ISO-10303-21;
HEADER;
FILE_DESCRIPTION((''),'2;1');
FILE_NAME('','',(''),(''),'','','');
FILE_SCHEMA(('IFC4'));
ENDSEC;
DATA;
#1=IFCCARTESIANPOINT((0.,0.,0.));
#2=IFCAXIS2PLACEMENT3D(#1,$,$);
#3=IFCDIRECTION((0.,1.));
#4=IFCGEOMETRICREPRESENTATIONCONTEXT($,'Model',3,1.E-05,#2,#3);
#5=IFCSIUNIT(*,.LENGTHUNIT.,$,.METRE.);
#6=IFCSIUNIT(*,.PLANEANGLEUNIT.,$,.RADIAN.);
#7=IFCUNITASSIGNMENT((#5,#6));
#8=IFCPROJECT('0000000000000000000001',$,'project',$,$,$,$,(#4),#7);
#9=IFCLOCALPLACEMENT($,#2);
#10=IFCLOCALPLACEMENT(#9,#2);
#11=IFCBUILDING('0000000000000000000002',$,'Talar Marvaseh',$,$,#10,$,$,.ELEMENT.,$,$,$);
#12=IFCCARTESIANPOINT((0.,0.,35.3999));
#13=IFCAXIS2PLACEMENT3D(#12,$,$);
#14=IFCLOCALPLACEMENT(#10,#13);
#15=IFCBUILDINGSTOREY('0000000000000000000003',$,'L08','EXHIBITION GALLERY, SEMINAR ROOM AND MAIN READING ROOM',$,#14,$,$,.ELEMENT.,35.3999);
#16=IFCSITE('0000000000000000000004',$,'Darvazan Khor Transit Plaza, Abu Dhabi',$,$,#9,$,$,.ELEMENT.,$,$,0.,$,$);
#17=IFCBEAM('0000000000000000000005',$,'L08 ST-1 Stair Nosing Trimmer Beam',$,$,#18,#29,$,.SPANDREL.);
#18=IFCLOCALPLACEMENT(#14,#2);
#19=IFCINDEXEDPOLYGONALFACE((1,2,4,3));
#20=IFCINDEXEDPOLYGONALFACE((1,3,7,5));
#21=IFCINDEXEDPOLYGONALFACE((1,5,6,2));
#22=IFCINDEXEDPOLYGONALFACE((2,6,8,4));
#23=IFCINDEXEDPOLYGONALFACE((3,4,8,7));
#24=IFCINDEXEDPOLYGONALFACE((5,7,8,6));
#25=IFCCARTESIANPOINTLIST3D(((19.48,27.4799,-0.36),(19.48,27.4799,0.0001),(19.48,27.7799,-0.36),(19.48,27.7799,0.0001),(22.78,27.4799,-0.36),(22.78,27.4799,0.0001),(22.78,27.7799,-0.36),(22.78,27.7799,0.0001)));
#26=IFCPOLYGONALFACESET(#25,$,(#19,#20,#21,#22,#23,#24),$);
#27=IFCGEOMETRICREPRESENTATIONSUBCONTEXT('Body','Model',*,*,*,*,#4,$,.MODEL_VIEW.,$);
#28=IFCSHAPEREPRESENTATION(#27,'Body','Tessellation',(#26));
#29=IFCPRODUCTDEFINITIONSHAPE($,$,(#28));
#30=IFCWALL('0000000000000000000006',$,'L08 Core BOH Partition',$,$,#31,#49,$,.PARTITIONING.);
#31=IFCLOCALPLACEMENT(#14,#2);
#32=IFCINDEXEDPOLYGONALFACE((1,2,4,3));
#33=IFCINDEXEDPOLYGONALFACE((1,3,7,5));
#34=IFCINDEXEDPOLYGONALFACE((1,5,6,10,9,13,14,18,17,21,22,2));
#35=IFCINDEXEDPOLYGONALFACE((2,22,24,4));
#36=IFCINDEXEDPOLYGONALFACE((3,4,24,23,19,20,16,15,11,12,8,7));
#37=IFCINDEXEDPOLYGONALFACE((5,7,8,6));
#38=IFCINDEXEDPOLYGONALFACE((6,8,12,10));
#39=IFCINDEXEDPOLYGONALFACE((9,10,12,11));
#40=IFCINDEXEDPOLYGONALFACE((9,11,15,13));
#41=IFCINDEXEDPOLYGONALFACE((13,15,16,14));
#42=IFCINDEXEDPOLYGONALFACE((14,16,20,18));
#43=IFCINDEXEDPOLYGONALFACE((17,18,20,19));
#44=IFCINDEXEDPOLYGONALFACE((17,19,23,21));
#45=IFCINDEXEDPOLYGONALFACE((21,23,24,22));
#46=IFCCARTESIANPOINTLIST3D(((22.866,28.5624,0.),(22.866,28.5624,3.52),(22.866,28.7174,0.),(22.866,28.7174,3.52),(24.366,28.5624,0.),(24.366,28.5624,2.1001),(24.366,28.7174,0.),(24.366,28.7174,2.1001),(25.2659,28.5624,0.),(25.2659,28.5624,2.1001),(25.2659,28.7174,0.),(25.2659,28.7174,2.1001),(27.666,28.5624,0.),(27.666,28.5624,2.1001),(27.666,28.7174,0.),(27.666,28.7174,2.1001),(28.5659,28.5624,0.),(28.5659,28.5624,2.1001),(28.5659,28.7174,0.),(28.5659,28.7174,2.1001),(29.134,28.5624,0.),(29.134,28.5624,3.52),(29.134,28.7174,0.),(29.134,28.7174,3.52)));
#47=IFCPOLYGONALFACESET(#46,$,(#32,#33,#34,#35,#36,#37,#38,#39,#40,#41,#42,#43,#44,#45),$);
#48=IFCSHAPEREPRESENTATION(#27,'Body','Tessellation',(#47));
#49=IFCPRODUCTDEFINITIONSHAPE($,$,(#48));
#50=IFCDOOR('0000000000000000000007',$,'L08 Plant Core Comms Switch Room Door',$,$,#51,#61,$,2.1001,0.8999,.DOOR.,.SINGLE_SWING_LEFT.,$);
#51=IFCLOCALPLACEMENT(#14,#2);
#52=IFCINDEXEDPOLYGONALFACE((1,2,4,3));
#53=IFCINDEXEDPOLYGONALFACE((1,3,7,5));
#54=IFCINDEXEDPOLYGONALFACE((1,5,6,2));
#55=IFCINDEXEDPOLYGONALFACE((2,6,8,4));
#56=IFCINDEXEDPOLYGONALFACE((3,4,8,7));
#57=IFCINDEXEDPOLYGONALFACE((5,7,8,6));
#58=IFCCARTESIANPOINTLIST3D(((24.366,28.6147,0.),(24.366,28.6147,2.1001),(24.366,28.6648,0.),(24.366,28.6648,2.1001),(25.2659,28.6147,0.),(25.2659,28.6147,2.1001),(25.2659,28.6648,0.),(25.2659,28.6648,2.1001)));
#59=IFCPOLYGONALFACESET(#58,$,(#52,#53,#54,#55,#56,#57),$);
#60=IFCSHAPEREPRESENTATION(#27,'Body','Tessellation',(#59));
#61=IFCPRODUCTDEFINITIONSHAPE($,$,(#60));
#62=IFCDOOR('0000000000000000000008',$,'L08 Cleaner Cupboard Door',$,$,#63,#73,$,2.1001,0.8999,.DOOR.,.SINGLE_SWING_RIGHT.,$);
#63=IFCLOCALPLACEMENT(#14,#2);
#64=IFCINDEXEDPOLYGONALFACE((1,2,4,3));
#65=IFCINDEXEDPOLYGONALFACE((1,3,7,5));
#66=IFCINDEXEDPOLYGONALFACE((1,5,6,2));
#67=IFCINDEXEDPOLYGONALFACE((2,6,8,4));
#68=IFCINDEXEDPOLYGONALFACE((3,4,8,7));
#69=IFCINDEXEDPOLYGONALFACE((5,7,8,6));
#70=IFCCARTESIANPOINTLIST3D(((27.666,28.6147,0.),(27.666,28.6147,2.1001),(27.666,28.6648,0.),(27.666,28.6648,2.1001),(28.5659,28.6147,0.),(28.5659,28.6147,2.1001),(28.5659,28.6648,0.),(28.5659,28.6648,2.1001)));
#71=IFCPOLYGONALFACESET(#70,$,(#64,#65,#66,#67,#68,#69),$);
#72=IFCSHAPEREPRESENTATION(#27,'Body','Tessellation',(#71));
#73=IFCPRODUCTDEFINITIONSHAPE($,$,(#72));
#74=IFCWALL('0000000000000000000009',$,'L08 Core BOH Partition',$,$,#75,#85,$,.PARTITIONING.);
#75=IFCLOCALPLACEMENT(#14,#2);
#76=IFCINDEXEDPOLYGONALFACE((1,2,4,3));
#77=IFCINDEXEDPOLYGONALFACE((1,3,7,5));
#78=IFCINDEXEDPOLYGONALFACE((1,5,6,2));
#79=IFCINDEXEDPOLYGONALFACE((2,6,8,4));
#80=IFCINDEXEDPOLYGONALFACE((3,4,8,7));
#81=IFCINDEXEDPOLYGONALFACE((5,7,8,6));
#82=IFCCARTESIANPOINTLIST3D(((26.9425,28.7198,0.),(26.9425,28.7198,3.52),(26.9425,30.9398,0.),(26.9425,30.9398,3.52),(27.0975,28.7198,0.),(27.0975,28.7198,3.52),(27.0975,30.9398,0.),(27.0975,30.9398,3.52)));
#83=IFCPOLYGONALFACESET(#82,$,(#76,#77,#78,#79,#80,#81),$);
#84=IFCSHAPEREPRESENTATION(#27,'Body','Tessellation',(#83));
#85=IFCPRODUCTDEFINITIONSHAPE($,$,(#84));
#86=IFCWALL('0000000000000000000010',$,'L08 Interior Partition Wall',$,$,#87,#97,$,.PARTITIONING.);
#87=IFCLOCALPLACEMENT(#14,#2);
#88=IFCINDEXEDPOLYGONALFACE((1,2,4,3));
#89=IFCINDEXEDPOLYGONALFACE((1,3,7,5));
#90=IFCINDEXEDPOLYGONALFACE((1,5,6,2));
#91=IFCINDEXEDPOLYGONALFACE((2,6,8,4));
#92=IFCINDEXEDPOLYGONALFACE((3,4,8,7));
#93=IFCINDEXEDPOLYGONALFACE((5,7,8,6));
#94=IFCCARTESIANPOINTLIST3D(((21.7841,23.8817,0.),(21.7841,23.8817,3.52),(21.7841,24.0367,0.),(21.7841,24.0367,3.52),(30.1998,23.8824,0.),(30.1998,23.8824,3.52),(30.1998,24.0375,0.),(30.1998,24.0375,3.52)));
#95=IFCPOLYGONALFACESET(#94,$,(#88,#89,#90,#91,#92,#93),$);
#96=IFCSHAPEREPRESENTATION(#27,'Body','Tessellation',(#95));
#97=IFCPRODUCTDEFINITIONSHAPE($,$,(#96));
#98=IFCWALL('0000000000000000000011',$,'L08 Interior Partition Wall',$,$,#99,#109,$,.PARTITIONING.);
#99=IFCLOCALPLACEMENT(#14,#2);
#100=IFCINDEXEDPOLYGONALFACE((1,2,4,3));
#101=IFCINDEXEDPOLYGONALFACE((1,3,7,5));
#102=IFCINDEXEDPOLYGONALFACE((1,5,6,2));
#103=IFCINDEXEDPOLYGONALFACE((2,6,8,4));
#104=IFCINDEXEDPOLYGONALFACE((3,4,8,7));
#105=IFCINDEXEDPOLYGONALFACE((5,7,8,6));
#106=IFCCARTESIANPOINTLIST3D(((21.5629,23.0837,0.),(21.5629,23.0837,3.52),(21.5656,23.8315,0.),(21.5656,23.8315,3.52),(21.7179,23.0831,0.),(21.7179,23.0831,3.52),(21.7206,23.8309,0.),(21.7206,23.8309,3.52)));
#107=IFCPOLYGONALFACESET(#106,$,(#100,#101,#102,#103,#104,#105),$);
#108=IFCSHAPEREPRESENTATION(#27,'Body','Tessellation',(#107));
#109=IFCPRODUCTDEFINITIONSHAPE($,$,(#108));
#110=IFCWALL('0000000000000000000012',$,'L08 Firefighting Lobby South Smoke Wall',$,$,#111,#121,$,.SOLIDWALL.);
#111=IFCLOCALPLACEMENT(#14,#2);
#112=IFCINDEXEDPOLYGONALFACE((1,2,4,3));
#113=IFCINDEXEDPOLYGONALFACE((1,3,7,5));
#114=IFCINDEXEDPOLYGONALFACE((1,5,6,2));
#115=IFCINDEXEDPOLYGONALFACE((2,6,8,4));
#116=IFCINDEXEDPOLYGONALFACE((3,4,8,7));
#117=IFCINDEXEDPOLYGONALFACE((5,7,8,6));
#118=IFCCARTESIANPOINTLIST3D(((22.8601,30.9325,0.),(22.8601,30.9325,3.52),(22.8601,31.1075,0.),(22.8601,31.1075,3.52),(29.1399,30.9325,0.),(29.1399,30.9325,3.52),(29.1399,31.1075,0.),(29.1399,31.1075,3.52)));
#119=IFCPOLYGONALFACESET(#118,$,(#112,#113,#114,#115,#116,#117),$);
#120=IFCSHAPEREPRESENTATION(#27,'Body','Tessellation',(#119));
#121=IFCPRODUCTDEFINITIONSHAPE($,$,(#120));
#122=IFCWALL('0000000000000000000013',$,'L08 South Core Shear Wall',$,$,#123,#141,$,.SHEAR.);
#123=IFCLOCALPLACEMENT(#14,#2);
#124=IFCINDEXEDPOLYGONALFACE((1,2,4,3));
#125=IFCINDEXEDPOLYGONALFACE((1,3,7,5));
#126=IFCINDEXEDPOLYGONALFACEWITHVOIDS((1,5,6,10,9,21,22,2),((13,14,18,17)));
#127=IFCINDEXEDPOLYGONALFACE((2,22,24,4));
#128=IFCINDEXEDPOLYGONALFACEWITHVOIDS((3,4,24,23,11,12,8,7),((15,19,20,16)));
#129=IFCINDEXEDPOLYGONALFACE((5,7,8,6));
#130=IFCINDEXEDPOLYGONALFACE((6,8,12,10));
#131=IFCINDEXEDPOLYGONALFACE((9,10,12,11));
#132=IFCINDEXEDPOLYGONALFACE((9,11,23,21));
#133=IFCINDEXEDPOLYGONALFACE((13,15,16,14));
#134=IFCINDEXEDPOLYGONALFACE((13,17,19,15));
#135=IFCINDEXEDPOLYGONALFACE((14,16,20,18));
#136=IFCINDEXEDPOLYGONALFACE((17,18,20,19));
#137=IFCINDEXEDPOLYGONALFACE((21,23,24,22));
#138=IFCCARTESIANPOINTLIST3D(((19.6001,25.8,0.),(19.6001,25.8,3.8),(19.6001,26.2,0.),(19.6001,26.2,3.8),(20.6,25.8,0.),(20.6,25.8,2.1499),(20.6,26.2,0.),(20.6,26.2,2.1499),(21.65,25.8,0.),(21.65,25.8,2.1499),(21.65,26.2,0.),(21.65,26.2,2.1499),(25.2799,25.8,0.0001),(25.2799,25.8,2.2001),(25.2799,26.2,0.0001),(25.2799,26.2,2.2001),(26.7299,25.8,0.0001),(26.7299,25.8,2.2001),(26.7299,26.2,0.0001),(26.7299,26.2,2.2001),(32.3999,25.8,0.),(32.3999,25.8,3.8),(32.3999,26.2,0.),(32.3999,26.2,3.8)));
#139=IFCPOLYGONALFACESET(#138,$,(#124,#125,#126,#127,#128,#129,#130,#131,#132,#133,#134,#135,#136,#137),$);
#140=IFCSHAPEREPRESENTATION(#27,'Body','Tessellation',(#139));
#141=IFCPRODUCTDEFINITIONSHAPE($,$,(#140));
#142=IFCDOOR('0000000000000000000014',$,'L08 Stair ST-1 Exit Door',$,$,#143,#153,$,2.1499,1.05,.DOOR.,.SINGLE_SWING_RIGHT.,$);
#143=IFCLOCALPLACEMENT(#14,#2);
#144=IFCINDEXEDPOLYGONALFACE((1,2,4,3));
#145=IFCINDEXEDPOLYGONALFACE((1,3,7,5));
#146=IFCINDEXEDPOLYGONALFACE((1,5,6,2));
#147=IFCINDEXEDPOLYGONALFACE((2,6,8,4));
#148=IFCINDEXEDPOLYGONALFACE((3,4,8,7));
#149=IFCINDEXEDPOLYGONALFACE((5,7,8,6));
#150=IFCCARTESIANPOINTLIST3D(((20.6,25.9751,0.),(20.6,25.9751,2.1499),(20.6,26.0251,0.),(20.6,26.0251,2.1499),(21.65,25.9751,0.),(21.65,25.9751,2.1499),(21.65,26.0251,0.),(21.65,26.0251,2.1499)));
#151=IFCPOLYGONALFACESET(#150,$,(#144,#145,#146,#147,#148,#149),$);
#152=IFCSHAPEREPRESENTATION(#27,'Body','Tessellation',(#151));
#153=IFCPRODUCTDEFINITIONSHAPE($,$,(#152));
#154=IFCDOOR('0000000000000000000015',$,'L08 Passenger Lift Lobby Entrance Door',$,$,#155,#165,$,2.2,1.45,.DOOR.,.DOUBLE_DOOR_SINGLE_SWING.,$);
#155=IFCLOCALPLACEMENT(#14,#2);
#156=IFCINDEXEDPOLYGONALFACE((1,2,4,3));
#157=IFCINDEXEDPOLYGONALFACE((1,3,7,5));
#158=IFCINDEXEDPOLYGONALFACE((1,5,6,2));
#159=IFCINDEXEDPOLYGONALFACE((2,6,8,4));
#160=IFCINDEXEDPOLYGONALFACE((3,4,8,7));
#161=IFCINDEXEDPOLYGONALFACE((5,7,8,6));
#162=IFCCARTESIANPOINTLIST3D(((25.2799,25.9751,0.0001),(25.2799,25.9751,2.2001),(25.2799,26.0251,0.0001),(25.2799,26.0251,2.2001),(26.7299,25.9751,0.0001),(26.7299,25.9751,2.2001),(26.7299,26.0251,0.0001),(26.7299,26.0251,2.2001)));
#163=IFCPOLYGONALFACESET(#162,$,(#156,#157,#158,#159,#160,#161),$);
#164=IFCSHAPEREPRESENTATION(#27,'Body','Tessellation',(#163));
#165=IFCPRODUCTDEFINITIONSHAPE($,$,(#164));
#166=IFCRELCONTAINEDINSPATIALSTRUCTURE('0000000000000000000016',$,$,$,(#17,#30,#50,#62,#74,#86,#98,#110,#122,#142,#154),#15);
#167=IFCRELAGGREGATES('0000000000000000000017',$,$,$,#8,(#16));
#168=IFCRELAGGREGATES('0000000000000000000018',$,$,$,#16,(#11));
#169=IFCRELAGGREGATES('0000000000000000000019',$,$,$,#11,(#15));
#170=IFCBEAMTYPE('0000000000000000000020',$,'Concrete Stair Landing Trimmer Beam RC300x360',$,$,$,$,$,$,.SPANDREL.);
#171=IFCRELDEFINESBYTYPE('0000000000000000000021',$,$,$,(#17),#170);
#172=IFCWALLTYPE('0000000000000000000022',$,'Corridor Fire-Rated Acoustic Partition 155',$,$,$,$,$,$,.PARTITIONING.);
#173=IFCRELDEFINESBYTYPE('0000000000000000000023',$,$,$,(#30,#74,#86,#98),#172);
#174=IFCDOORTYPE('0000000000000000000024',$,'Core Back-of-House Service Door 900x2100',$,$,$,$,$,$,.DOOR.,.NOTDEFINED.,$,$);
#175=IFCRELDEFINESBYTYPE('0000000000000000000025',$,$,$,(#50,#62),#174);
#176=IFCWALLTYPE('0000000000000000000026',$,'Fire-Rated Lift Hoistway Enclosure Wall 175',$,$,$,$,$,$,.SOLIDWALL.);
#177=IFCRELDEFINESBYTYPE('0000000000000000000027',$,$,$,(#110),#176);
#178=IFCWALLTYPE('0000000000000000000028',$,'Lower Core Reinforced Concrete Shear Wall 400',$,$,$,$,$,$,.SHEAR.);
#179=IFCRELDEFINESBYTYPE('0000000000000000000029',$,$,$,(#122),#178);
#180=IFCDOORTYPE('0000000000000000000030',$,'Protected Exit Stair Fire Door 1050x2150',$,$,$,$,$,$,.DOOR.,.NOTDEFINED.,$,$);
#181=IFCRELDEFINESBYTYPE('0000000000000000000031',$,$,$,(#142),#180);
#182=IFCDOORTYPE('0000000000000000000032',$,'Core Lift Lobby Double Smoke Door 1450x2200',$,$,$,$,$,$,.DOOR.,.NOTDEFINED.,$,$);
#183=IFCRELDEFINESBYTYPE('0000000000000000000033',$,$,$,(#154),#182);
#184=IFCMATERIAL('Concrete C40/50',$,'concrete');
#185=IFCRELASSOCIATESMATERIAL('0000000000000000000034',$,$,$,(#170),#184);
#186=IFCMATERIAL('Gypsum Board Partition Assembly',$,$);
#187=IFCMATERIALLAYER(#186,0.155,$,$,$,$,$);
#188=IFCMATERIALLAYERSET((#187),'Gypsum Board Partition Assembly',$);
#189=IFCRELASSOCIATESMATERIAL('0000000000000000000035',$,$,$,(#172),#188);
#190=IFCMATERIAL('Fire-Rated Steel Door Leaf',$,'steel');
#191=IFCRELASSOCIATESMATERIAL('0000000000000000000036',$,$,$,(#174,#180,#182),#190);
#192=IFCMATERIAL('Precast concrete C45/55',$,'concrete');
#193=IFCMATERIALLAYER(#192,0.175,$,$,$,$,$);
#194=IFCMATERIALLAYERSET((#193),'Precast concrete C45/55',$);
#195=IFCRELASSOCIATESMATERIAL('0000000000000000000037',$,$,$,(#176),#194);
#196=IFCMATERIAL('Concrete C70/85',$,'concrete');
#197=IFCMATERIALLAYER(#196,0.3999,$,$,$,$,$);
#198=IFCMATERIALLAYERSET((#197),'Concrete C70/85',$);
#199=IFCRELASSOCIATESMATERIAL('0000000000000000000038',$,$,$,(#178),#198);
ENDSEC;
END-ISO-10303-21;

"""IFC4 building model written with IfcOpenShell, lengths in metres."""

from ifc_helpers import new_model, si_unit, direction, frame, frame_2d, origin, origin_2d, place, context, subcontext, project, spatial, rectangle, extrude, source, transform, mapped, material, layer, layer_set, material_profile, profile_set, type_object, type_shapes, element, fill, save


model = new_model("IFC4")

# Units and contexts
model_context = context("Model", 3, precision=1e-05, world=origin(), true_north=direction((0.0, 1.0)))
body_context = subcontext(model_context, "Body", "Model", "MODEL_VIEW")
ifc_project = project(units=[si_unit("LENGTHUNIT", "METRE"), si_unit("PLANEANGLEUNIT", "RADIAN")], contexts=[model_context])

# Site, building, storey
site_placement = place(None, origin())
site = spatial("IfcSite", under=ifc_project, at=site_placement, Name="Darvazan Khor Transit Plaza, Abu Dhabi", CompositionType="ELEMENT", RefElevation=0.0)
building_placement = place(site_placement, origin())
building = spatial("IfcBuilding", under=site, at=building_placement, Name="Talar Marvaseh", CompositionType="ELEMENT")
storey_placement = place(building_placement, frame((0.0, 0.0, 35.3999)))
storey = spatial("IfcBuildingStorey", under=building, at=storey_placement, Name="L08", Description="EXHIBITION GALLERY, SEMINAR ROOM AND MAIN READING ROOM", CompositionType="ELEMENT", Elevation=35.3999)

# Beam
ifc_material_1 = material(Name="Concrete C40/50", Category="concrete")
ifc_material_profile = material_profile(ifc_material_1, rectangle(XDim=0.3, YDim=0.3601, at=origin_2d()), Name="RC300x360")
ifc_profile_set = profile_set([ifc_material_profile], Name="Concrete C40/50")
beam_type = type_object("IfcBeamType", Name="Concrete Stair Landing Trimmer Beam RC300x360", PredefinedType="SPANDREL", material=ifc_profile_set)
beam_placement = place(storey_placement, frame((22.78, 27.6299, -0.1799), z_axis=(-1.0, 0.0, 0.0), x_axis=(0.0, -1.0, 0.0)))
element("IfcBeam", 1, at=beam_placement, inside=storey, type_object=beam_type, Name="L08 ST-1 Stair Nosing Trimmer Beam", PredefinedType="SPANDREL", context=body_context, shape_type="SweptSolid", body=[
    extrude(rectangle(XDim=0.3, YDim=0.3601, at=origin_2d()), origin(), (0.0, 0.0, 1.0), 3.3),
])

# Wall, openings, doors
ifc_material_2 = material(Name="Gypsum Board Partition Assembly")
ifc_layer_1 = layer(ifc_material_2, 0.155)
ifc_layer_set_1 = layer_set([ifc_layer_1], Name="Gypsum Board Partition Assembly")
wall_type_1 = type_object("IfcWallType", Name="Corridor Fire-Rated Acoustic Partition 155", PredefinedType="PARTITIONING", material=ifc_layer_set_1)
wall_1_placement = place(storey_placement, frame((22.866, 28.6399, 0.0), z_axis=(0.0, 0.0, 1.0), x_axis=(1.0, 0.0, 0.0)))
wall_1 = element("IfcWall", 2, at=wall_1_placement, inside=storey, type_object=wall_type_1, Name="L08 Core BOH Partition", PredefinedType="PARTITIONING", context=body_context, shape_type="SweptSolid", body=[
    extrude(rectangle(XDim=6.2681, YDim=0.155, at=frame_2d((3.134, 0.0))), origin(), (0.0, 0.0, 1.0), 3.52),
])
opening_1_placement = place(wall_1_placement, frame((1.5, 0.0, 0.0)))
opening_1 = element("IfcOpeningElement", 3, at=opening_1_placement, cuts=wall_1, PredefinedType="OPENING", context=body_context, shape_type="SweptSolid", body=[
    extrude(rectangle(XDim=0.8999, YDim=2.1001, at=frame_2d((0.45, 1.05))), frame((0.0, 0.0874, 0.0), z_axis=(0.0, -1.0, 0.0), x_axis=(1.0, 0.0, 0.0)), (0.0, 0.0, 1.0), 0.175),
])
opening_2_placement = place(wall_1_placement, frame((4.8, 0.0, 0.0)))
opening_2 = element("IfcOpeningElement", 4, at=opening_2_placement, cuts=wall_1, PredefinedType="OPENING", context=body_context, shape_type="SweptSolid", body=[
    extrude(rectangle(XDim=0.8999, YDim=2.1001, at=frame_2d((0.45, 1.05))), frame((0.0, 0.0874, 0.0), z_axis=(0.0, -1.0, 0.0), x_axis=(1.0, 0.0, 0.0)), (0.0, 0.0, 1.0), 0.175),
])
ifc_material_3 = material(Name="Fire-Rated Steel Door Leaf", Category="steel")
door_type_1 = type_object("IfcDoorType", Name="Core Back-of-House Service Door 900x2100", OperationType="NOTDEFINED", PredefinedType="DOOR", material=ifc_material_3)
shared_shape_1 = source(origin(), body_context, "Body", "SweptSolid", [
    extrude(rectangle(XDim=0.8999, YDim=2.1001, at=frame_2d((0.45, 1.05))), frame((0.0, 0.0249, 0.0), z_axis=(0.0, -1.0, 0.0), x_axis=(1.0, 0.0, 0.0)), (0.0, 0.0, 1.0), 0.05),
])
type_shapes(door_type_1, [shared_shape_1])
door_1_placement = place(opening_1_placement, origin())
door_1 = element("IfcDoor", 5, at=door_1_placement, inside=storey, type_object=door_type_1, Name="L08 Plant Core Comms Switch Room Door", OperationType="SINGLE_SWING_LEFT", OverallHeight=2.1001, OverallWidth=0.8999, PredefinedType="DOOR", context=body_context, shape_type="MappedRepresentation", body=[
    mapped(shared_shape_1, transform((0.0, 0.0, 0.0), x_axis=(1.0, 0.0, 0.0), y_axis=(0.0, 1.0, 0.0), z_axis=(0.0, 0.0, 1.0), scale=1.0)),
])
fill(opening_1, door_1)
door_2_placement = place(opening_2_placement, origin())
door_2 = element("IfcDoor", 6, at=door_2_placement, inside=storey, type_object=door_type_1, Name="L08 Cleaner Cupboard Door", OperationType="SINGLE_SWING_RIGHT", OverallHeight=2.1001, OverallWidth=0.8999, PredefinedType="DOOR", context=body_context, shape_type="MappedRepresentation", body=[
    mapped(shared_shape_1, transform((0.0, 0.0, 0.0), x_axis=(1.0, 0.0, 0.0), y_axis=(0.0, 1.0, 0.0), z_axis=(0.0, 0.0, 1.0), scale=1.0)),
])
fill(opening_2, door_2)

# Walls
wall_2_placement = place(storey_placement, frame((27.02, 28.72, 0.0), z_axis=(0.0, 0.0, 1.0), x_axis=(0.0, 1.0, 0.0)))
element("IfcWall", 7, at=wall_2_placement, inside=storey, type_object=wall_type_1, Name="L08 Core BOH Partition", PredefinedType="PARTITIONING", context=body_context, shape_type="SweptSolid", body=[
    extrude(rectangle(XDim=2.22, YDim=0.155, at=frame_2d((1.1099, 0.0))), origin(), (0.0, 0.0, 1.0), 3.52),
])
wall_3_placement = place(storey_placement, frame((30.2, 23.96, 0.0), z_axis=(0.0, 0.0, 1.0), x_axis=(-1.0, -0.000087, 0.0)))
element("IfcWall", 8, at=wall_3_placement, inside=storey, type_object=wall_type_1, Name="L08 Interior Partition Wall", PredefinedType="PARTITIONING", context=body_context, shape_type="SweptSolid", body=[
    extrude(rectangle(XDim=8.4158, YDim=0.155, at=frame_2d((4.208, 0.0))), origin(), (0.0, 0.0, 1.0), 3.52),
])
wall_4_placement = place(storey_placement, frame((21.6431, 23.8313, 0.0), z_axis=(0.0, 0.0, 1.0), x_axis=(-0.003591, -0.999994, 0.0)))
element("IfcWall", 9, at=wall_4_placement, inside=storey, type_object=wall_type_1, Name="L08 Interior Partition Wall", PredefinedType="PARTITIONING", context=body_context, shape_type="SweptSolid", body=[
    extrude(rectangle(XDim=0.7478, YDim=0.155, at=frame_2d((0.374, 0.0))), origin(), (0.0, 0.0, 1.0), 3.52),
])
ifc_material_4 = material(Name="Precast concrete C45/55", Category="concrete")
ifc_layer_2 = layer(ifc_material_4, 0.175)
ifc_layer_set_2 = layer_set([ifc_layer_2], Name="Precast concrete C45/55")
wall_type_2 = type_object("IfcWallType", Name="Fire-Rated Lift Hoistway Enclosure Wall 175", PredefinedType="SOLIDWALL", material=ifc_layer_set_2)
wall_5_placement = place(storey_placement, frame((22.8601, 31.02, 0.0), z_axis=(0.0, 0.0, 1.0), x_axis=(1.0, 0.0, 0.0)))
element("IfcWall", 10, at=wall_5_placement, inside=storey, type_object=wall_type_2, Name="L08 Firefighting Lobby South Smoke Wall", PredefinedType="SOLIDWALL", context=body_context, shape_type="SweptSolid", body=[
    extrude(rectangle(XDim=6.2798, YDim=0.175, at=frame_2d((3.1399, 0.0))), origin(), (0.0, 0.0, 1.0), 3.52),
])

# Wall, openings, doors
ifc_material_5 = material(Name="Concrete C70/85", Category="concrete")
ifc_layer_3 = layer(ifc_material_5, 0.3999)
ifc_layer_set_3 = layer_set([ifc_layer_3], Name="Concrete C70/85")
wall_type_3 = type_object("IfcWallType", Name="Lower Core Reinforced Concrete Shear Wall 400", PredefinedType="SHEAR", material=ifc_layer_set_3)
wall_6_placement = place(storey_placement, frame((32.3999, 26.0, 0.0), z_axis=(0.0, 0.0, 1.0), x_axis=(-1.0, 0.0, 0.0)))
wall_6 = element("IfcWall", 11, at=wall_6_placement, inside=storey, type_object=wall_type_3, Name="L08 South Core Shear Wall", PredefinedType="SHEAR", context=body_context, shape_type="SweptSolid", body=[
    extrude(rectangle(XDim=12.7998, YDim=0.3999, at=frame_2d((6.3999, 0.0))), origin(), (0.0, 0.0, 1.0), 3.8),
])
opening_3_placement = place(wall_6_placement, frame((10.75, 0.0, 0.0)))
opening_3 = element("IfcOpeningElement", 12, at=opening_3_placement, cuts=wall_6, PredefinedType="OPENING", context=body_context, shape_type="SweptSolid", body=[
    extrude(rectangle(XDim=1.05, YDim=2.1499, at=frame_2d((0.5249, 1.075))), frame((0.0, 0.21, 0.0), z_axis=(0.0, -1.0, 0.0), x_axis=(1.0, 0.0, 0.0)), (0.0, 0.0, 1.0), 0.4199),
])
opening_4_placement = place(wall_6_placement, frame((5.6699, 0.0, 0.0)))
opening_4 = element("IfcOpeningElement", 13, at=opening_4_placement, cuts=wall_6, PredefinedType="OPENING", context=body_context, shape_type="SweptSolid", body=[
    extrude(rectangle(XDim=1.45, YDim=2.2, at=frame_2d((0.7251, 1.1001))), frame((0.0, 0.21, 0.0), z_axis=(0.0, -1.0, 0.0), x_axis=(1.0, 0.0, 0.0)), (0.0, 0.0, 1.0), 0.4199),
])
door_type_2 = type_object("IfcDoorType", Name="Protected Exit Stair Fire Door 1050x2150", OperationType="NOTDEFINED", PredefinedType="DOOR", material=ifc_material_3)
shared_shape_2 = source(origin(), body_context, "Body", "SweptSolid", [
    extrude(rectangle(XDim=1.05, YDim=2.1499, at=frame_2d((0.5249, 1.075))), frame((0.0, 0.0249, 0.0), z_axis=(0.0, -1.0, 0.0), x_axis=(1.0, 0.0, 0.0)), (0.0, 0.0, 1.0), 0.05),
])
type_shapes(door_type_2, [shared_shape_2])
door_3_placement = place(opening_3_placement, origin())
door_3 = element("IfcDoor", 14, at=door_3_placement, inside=storey, type_object=door_type_2, Name="L08 Stair ST-1 Exit Door", OperationType="SINGLE_SWING_RIGHT", OverallHeight=2.1499, OverallWidth=1.05, PredefinedType="DOOR", context=body_context, shape_type="MappedRepresentation", body=[
    mapped(shared_shape_2, transform((0.0, 0.0, 0.0), x_axis=(1.0, 0.0, 0.0), y_axis=(0.0, 1.0, 0.0), z_axis=(0.0, 0.0, 1.0), scale=1.0)),
])
fill(opening_3, door_3)
door_type_3 = type_object("IfcDoorType", Name="Core Lift Lobby Double Smoke Door 1450x2200", OperationType="NOTDEFINED", PredefinedType="DOOR", material=ifc_material_3)
shared_shape_3 = source(origin(), body_context, "Body", "SweptSolid", [
    extrude(rectangle(XDim=1.45, YDim=2.2, at=frame_2d((0.7251, 1.1001))), frame((0.0, 0.0249, 0.0), z_axis=(0.0, -1.0, 0.0), x_axis=(1.0, 0.0, 0.0)), (0.0, 0.0, 1.0), 0.05),
])
type_shapes(door_type_3, [shared_shape_3])
door_4_placement = place(opening_4_placement, origin())
door_4 = element("IfcDoor", 15, at=door_4_placement, inside=storey, type_object=door_type_3, Name="L08 Passenger Lift Lobby Entrance Door", OperationType="DOUBLE_DOOR_SINGLE_SWING", OverallHeight=2.2, OverallWidth=1.45, PredefinedType="DOOR", context=body_context, shape_type="MappedRepresentation", body=[
    mapped(shared_shape_3, transform((0.0, 0.0, 0.0), x_axis=(1.0, 0.0, 0.0), y_axis=(0.0, 1.0, 0.0), z_axis=(0.0, 0.0, 1.0), scale=1.0)),
])
fill(opening_4, door_4)

save(model, "model.ifc")
